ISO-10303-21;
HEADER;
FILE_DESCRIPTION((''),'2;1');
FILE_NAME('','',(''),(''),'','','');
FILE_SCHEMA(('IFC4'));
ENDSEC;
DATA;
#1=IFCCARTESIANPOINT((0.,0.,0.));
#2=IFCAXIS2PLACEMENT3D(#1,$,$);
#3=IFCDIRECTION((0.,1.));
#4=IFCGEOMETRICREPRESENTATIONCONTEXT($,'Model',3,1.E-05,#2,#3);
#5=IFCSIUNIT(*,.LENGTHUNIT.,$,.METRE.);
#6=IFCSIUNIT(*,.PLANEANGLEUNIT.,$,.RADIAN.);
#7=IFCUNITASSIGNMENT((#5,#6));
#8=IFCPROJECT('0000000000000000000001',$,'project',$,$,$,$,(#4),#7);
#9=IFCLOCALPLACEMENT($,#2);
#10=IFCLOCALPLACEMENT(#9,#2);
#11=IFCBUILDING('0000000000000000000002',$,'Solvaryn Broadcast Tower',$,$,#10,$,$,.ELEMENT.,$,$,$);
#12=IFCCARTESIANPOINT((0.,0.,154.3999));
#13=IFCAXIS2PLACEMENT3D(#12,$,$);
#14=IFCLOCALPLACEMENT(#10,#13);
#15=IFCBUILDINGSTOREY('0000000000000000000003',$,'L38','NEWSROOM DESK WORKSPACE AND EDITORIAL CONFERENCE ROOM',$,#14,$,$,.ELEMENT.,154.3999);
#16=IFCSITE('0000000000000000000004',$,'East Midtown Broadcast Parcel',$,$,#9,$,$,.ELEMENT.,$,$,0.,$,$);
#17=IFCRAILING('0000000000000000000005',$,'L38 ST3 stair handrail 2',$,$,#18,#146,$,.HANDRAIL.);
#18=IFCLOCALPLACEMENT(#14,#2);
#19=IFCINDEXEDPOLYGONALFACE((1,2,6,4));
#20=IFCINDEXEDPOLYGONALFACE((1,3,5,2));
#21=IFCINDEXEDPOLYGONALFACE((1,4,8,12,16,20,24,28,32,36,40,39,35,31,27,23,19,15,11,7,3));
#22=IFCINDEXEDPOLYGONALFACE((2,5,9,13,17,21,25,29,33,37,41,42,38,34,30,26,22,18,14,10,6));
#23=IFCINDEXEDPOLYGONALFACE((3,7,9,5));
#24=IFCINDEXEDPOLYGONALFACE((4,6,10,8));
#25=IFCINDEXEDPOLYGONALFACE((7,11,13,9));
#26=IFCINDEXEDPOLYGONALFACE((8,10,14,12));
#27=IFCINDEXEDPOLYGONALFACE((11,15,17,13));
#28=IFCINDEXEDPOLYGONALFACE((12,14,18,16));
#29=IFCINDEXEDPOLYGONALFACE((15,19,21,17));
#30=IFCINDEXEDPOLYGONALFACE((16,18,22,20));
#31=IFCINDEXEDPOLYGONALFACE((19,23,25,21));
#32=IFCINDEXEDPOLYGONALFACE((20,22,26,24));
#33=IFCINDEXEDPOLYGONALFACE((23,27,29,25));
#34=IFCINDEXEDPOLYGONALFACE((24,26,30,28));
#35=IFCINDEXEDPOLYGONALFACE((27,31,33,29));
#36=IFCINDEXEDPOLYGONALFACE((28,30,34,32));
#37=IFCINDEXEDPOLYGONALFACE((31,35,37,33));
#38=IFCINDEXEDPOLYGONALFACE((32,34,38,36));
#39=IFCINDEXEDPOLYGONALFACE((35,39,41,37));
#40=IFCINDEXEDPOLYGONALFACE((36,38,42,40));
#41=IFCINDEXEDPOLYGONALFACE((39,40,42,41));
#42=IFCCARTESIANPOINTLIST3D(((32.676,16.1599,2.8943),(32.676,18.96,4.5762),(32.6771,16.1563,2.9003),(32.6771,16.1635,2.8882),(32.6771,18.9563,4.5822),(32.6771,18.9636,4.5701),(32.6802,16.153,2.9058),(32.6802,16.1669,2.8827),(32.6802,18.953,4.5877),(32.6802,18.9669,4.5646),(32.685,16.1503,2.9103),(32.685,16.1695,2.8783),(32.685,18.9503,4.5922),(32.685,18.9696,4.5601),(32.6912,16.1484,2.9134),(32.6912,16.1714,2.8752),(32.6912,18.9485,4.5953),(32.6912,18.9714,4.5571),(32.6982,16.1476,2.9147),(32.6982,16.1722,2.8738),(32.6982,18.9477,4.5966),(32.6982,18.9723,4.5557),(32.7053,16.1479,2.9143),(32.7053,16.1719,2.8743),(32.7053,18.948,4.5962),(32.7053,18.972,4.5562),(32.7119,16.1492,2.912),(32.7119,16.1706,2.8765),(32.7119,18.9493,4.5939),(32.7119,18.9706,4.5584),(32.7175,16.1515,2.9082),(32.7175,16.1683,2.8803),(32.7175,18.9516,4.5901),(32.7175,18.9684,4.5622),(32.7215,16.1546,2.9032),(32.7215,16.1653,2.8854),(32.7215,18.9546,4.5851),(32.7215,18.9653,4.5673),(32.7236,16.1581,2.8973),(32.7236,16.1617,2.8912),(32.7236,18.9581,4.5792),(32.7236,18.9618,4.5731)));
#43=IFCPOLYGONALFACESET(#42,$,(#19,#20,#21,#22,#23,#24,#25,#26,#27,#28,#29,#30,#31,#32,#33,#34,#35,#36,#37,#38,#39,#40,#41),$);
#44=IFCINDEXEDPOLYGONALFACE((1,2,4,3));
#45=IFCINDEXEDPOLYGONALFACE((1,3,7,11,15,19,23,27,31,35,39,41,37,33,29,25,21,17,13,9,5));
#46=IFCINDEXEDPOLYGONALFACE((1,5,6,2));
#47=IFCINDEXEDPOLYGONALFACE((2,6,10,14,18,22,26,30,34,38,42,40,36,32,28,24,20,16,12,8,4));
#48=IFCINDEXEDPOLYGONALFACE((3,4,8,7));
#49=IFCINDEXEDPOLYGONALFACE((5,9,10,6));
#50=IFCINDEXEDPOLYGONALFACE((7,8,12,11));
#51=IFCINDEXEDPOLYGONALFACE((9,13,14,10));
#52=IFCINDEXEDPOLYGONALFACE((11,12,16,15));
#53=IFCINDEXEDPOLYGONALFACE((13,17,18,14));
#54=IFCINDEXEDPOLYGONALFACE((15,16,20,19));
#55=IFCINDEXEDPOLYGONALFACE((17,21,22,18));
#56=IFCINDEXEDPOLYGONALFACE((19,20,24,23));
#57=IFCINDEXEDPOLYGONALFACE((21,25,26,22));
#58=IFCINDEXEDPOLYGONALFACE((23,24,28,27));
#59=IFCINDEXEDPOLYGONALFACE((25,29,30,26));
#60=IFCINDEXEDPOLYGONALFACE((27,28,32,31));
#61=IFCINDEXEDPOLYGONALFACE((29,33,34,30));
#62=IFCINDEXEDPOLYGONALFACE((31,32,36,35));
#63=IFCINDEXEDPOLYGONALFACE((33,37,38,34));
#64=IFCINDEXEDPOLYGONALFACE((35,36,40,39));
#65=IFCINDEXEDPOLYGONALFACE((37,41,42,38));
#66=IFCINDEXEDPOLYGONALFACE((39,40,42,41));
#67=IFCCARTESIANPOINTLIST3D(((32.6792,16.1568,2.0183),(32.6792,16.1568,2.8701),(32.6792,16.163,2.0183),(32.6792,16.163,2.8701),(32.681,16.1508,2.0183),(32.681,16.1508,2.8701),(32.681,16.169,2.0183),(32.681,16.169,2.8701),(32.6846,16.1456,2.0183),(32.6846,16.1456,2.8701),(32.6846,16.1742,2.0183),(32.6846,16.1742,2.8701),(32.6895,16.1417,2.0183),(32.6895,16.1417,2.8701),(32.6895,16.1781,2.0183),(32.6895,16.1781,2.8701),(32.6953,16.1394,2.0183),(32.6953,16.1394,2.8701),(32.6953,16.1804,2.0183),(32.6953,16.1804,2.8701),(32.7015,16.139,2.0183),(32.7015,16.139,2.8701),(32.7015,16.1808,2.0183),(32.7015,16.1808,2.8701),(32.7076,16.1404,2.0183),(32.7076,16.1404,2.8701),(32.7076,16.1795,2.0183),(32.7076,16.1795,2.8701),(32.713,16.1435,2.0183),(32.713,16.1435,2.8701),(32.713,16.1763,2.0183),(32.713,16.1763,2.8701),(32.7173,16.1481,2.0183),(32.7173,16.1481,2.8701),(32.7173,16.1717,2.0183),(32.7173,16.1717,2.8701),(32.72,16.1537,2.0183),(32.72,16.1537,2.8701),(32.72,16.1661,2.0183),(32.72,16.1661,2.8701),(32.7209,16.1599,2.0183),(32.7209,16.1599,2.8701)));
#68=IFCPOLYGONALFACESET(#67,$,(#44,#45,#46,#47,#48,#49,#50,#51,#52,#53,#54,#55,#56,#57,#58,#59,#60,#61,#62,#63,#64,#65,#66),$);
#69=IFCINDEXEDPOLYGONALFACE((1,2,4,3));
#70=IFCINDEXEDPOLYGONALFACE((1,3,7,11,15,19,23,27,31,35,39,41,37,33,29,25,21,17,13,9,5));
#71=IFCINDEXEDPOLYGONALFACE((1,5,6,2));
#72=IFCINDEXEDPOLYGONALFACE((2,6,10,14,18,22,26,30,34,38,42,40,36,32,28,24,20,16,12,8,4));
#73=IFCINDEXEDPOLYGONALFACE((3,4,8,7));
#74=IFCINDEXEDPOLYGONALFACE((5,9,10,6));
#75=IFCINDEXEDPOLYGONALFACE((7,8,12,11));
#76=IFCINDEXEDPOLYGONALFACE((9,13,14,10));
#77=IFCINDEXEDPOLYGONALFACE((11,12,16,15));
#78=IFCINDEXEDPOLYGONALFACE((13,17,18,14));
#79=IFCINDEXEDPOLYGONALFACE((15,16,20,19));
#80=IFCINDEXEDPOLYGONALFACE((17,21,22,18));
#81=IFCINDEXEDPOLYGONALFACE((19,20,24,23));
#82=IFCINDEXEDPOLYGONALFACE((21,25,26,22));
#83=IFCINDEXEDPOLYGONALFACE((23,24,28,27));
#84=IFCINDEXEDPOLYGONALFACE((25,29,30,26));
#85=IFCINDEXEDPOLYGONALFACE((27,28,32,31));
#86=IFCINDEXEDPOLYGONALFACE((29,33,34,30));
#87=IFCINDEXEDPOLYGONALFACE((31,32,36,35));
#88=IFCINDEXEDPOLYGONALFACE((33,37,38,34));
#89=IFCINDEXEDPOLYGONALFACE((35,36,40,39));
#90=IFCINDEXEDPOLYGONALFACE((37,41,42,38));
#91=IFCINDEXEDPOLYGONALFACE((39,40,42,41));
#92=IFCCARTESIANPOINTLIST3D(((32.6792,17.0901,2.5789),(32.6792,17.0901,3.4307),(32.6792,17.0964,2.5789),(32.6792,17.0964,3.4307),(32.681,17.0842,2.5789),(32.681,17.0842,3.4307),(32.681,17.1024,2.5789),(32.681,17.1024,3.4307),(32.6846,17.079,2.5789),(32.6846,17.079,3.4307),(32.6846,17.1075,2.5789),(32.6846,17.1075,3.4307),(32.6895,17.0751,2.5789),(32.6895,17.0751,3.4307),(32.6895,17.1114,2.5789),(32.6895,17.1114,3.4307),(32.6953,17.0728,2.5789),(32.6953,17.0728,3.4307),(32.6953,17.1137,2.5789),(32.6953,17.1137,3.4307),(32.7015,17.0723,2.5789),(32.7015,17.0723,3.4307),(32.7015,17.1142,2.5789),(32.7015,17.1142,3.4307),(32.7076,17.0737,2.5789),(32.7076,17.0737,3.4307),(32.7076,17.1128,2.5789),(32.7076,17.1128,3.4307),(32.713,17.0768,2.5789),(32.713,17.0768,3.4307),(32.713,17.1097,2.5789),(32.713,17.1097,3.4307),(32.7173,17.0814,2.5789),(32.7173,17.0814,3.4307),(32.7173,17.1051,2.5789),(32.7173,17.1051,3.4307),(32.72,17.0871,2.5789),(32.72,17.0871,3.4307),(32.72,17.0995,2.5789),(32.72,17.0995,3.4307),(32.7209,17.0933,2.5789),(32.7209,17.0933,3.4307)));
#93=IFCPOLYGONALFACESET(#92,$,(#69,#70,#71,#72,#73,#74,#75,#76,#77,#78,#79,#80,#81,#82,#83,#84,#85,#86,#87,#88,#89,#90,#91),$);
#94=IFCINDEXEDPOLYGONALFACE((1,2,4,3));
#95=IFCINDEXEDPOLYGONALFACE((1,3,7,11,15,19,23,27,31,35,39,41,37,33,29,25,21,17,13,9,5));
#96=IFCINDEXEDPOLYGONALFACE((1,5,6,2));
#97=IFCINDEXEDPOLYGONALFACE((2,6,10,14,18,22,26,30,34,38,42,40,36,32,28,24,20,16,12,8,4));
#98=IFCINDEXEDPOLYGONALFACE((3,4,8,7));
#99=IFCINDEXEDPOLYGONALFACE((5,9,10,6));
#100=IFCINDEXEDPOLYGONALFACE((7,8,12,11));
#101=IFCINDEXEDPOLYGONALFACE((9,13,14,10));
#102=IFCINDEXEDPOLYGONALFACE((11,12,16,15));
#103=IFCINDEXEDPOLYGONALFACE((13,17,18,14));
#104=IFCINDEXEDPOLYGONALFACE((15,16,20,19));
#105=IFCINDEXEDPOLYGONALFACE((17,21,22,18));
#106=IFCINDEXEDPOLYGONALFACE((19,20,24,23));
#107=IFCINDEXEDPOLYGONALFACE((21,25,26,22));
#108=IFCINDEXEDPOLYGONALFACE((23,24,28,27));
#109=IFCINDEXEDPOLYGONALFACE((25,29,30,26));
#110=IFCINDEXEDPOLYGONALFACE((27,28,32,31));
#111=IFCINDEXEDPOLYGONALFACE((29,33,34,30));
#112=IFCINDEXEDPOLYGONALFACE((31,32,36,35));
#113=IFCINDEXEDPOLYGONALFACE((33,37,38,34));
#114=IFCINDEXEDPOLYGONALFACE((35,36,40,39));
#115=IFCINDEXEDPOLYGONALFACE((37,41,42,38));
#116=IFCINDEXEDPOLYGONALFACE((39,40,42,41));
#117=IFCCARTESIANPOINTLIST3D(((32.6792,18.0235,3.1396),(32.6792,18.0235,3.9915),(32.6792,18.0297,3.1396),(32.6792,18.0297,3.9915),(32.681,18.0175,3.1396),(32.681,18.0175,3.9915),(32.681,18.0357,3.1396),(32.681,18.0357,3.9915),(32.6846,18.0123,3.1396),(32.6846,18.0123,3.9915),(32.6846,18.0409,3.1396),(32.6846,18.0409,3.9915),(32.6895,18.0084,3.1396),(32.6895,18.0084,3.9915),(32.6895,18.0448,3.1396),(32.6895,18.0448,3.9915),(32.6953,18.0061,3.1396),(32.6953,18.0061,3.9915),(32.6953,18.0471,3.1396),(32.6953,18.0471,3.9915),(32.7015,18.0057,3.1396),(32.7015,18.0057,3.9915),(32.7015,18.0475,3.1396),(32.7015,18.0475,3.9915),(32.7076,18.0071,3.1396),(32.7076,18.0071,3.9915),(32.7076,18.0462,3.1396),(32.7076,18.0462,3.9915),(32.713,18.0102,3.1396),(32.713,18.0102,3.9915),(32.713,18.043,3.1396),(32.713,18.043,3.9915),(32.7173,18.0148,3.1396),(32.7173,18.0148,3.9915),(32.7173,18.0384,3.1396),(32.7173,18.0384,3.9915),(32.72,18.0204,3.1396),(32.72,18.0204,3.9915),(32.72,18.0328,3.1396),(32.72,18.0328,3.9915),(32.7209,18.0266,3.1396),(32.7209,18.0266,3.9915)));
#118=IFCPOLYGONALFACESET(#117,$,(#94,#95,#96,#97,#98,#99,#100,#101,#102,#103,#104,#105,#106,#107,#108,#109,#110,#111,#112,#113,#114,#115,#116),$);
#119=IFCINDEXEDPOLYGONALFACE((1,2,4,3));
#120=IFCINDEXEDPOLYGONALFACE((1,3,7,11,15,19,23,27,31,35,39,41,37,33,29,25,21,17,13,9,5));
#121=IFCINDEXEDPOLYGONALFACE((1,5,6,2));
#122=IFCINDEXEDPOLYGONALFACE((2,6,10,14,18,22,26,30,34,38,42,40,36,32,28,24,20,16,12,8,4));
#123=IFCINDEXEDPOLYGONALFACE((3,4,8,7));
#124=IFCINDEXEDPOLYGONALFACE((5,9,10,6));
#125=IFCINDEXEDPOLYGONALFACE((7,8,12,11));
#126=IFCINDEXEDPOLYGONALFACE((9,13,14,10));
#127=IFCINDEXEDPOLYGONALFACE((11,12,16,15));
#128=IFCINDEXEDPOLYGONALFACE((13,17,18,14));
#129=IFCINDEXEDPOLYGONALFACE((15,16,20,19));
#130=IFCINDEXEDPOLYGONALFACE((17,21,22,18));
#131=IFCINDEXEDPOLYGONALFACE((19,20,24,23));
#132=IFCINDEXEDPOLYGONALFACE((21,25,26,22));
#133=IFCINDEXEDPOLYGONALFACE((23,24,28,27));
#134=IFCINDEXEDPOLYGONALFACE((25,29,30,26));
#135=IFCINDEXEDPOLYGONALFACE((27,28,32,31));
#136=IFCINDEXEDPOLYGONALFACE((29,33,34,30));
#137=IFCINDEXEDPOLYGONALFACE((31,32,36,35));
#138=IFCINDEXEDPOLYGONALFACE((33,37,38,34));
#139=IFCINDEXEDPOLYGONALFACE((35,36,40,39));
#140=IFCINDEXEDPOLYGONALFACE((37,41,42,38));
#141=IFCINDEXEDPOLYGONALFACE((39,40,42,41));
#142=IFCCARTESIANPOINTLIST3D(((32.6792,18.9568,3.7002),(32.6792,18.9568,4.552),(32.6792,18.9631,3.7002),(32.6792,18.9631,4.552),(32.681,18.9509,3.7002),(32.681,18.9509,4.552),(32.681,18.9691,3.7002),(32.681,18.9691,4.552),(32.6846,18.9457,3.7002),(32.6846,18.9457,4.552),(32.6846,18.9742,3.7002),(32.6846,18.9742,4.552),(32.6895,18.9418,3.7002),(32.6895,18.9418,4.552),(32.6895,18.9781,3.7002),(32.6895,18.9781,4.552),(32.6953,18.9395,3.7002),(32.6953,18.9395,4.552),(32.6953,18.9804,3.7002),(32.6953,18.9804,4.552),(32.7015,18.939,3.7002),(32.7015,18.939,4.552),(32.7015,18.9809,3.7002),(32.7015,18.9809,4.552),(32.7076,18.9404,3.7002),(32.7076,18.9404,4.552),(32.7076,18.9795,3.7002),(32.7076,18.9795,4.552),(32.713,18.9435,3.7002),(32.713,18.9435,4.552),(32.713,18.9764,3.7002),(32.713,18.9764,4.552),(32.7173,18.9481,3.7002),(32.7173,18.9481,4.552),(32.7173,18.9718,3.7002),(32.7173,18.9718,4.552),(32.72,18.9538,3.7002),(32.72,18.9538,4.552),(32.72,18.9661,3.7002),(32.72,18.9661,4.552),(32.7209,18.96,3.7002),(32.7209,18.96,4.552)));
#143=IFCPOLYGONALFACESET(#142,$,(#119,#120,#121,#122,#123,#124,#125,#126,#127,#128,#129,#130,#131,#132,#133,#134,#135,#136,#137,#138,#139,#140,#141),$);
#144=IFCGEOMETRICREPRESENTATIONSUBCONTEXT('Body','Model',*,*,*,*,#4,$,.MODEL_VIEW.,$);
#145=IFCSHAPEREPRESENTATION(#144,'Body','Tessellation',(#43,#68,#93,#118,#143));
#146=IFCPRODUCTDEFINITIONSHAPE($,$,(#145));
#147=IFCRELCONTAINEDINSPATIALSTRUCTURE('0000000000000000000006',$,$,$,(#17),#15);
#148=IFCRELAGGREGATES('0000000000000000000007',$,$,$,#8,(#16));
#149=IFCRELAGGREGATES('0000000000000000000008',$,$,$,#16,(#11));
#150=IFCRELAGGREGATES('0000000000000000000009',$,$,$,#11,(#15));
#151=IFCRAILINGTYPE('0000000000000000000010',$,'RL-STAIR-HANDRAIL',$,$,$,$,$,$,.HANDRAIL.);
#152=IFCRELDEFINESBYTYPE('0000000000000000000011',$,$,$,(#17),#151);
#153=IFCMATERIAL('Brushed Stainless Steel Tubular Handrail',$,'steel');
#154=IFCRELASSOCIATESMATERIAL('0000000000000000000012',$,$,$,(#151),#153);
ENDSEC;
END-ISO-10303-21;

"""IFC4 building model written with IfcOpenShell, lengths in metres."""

from ifc_helpers import new_model, si_unit, direction, frame, origin, origin_2d, place, context, subcontext, project, spatial, circle, extrude, material, type_object, element, save


model = new_model("IFC4")

# Units and contexts
model_context = context("Model", 3, precision=1e-05, world=origin(), true_north=direction((0.0, 1.0)))
body_context = subcontext(model_context, "Body", "Model", "MODEL_VIEW")
ifc_project = project(units=[si_unit("LENGTHUNIT", "METRE"), si_unit("PLANEANGLEUNIT", "RADIAN")], contexts=[model_context])

# Site, building, storey
site_placement = place(None, origin())
site = spatial("IfcSite", under=ifc_project, at=site_placement, Name="East Midtown Broadcast Parcel", CompositionType="ELEMENT", RefElevation=0.0)
building_placement = place(site_placement, origin())
building = spatial("IfcBuilding", under=site, at=building_placement, Name="Solvaryn Broadcast Tower", CompositionType="ELEMENT")
storey_placement = place(building_placement, frame((0.0, 0.0, 154.3999)))
storey = spatial("IfcBuildingStorey", under=building, at=storey_placement, Name="L38", Description="NEWSROOM DESK WORKSPACE AND EDITORIAL CONFERENCE ROOM", CompositionType="ELEMENT", Elevation=154.3999)

# Railing
ifc_material_1 = material(Name="Brushed Stainless Steel Tubular Handrail", Category="steel")
railing_type_1 = type_object("IfcRailingType", Name="RL-STAIR-HANDRAIL", PredefinedType="HANDRAIL", material=ifc_material_1)
railing_1_placement = place(storey_placement, frame((32.7, 16.1599, 2.0183)))
element("IfcRailing", 1, at=railing_1_placement, inside=storey, type_object=railing_type_1, Name="L38 ST3 stair handrail 2", PredefinedType="HANDRAIL", context=body_context, shape_type="SweptSolid", body=[
    extrude(circle(Radius=0.0239, at=origin_2d()), frame((0.0, 0.0, 0.876), z_axis=(0.0, 0.857242, 0.514913), x_axis=(-1.0, 0.0, 0.0)), (0.0, 0.0, 1.0), 3.2664),
    extrude(circle(Radius=0.021, at=origin_2d()), origin(), (0.0, 0.0, 1.0), 0.8518),
    extrude(circle(Radius=0.021, at=origin_2d()), frame((0.0, 0.9333, 0.5605)), (0.0, 0.0, 1.0), 0.8518),
    extrude(circle(Radius=0.021, at=origin_2d()), frame((0.0, 1.8667, 1.1213)), (0.0, 0.0, 1.0), 0.8518),
    extrude(circle(Radius=0.021, at=origin_2d()), frame((0.0, 2.8, 1.6819)), (0.0, 0.0, 1.0), 0.8518),
])

save(model, "model.ifc")
